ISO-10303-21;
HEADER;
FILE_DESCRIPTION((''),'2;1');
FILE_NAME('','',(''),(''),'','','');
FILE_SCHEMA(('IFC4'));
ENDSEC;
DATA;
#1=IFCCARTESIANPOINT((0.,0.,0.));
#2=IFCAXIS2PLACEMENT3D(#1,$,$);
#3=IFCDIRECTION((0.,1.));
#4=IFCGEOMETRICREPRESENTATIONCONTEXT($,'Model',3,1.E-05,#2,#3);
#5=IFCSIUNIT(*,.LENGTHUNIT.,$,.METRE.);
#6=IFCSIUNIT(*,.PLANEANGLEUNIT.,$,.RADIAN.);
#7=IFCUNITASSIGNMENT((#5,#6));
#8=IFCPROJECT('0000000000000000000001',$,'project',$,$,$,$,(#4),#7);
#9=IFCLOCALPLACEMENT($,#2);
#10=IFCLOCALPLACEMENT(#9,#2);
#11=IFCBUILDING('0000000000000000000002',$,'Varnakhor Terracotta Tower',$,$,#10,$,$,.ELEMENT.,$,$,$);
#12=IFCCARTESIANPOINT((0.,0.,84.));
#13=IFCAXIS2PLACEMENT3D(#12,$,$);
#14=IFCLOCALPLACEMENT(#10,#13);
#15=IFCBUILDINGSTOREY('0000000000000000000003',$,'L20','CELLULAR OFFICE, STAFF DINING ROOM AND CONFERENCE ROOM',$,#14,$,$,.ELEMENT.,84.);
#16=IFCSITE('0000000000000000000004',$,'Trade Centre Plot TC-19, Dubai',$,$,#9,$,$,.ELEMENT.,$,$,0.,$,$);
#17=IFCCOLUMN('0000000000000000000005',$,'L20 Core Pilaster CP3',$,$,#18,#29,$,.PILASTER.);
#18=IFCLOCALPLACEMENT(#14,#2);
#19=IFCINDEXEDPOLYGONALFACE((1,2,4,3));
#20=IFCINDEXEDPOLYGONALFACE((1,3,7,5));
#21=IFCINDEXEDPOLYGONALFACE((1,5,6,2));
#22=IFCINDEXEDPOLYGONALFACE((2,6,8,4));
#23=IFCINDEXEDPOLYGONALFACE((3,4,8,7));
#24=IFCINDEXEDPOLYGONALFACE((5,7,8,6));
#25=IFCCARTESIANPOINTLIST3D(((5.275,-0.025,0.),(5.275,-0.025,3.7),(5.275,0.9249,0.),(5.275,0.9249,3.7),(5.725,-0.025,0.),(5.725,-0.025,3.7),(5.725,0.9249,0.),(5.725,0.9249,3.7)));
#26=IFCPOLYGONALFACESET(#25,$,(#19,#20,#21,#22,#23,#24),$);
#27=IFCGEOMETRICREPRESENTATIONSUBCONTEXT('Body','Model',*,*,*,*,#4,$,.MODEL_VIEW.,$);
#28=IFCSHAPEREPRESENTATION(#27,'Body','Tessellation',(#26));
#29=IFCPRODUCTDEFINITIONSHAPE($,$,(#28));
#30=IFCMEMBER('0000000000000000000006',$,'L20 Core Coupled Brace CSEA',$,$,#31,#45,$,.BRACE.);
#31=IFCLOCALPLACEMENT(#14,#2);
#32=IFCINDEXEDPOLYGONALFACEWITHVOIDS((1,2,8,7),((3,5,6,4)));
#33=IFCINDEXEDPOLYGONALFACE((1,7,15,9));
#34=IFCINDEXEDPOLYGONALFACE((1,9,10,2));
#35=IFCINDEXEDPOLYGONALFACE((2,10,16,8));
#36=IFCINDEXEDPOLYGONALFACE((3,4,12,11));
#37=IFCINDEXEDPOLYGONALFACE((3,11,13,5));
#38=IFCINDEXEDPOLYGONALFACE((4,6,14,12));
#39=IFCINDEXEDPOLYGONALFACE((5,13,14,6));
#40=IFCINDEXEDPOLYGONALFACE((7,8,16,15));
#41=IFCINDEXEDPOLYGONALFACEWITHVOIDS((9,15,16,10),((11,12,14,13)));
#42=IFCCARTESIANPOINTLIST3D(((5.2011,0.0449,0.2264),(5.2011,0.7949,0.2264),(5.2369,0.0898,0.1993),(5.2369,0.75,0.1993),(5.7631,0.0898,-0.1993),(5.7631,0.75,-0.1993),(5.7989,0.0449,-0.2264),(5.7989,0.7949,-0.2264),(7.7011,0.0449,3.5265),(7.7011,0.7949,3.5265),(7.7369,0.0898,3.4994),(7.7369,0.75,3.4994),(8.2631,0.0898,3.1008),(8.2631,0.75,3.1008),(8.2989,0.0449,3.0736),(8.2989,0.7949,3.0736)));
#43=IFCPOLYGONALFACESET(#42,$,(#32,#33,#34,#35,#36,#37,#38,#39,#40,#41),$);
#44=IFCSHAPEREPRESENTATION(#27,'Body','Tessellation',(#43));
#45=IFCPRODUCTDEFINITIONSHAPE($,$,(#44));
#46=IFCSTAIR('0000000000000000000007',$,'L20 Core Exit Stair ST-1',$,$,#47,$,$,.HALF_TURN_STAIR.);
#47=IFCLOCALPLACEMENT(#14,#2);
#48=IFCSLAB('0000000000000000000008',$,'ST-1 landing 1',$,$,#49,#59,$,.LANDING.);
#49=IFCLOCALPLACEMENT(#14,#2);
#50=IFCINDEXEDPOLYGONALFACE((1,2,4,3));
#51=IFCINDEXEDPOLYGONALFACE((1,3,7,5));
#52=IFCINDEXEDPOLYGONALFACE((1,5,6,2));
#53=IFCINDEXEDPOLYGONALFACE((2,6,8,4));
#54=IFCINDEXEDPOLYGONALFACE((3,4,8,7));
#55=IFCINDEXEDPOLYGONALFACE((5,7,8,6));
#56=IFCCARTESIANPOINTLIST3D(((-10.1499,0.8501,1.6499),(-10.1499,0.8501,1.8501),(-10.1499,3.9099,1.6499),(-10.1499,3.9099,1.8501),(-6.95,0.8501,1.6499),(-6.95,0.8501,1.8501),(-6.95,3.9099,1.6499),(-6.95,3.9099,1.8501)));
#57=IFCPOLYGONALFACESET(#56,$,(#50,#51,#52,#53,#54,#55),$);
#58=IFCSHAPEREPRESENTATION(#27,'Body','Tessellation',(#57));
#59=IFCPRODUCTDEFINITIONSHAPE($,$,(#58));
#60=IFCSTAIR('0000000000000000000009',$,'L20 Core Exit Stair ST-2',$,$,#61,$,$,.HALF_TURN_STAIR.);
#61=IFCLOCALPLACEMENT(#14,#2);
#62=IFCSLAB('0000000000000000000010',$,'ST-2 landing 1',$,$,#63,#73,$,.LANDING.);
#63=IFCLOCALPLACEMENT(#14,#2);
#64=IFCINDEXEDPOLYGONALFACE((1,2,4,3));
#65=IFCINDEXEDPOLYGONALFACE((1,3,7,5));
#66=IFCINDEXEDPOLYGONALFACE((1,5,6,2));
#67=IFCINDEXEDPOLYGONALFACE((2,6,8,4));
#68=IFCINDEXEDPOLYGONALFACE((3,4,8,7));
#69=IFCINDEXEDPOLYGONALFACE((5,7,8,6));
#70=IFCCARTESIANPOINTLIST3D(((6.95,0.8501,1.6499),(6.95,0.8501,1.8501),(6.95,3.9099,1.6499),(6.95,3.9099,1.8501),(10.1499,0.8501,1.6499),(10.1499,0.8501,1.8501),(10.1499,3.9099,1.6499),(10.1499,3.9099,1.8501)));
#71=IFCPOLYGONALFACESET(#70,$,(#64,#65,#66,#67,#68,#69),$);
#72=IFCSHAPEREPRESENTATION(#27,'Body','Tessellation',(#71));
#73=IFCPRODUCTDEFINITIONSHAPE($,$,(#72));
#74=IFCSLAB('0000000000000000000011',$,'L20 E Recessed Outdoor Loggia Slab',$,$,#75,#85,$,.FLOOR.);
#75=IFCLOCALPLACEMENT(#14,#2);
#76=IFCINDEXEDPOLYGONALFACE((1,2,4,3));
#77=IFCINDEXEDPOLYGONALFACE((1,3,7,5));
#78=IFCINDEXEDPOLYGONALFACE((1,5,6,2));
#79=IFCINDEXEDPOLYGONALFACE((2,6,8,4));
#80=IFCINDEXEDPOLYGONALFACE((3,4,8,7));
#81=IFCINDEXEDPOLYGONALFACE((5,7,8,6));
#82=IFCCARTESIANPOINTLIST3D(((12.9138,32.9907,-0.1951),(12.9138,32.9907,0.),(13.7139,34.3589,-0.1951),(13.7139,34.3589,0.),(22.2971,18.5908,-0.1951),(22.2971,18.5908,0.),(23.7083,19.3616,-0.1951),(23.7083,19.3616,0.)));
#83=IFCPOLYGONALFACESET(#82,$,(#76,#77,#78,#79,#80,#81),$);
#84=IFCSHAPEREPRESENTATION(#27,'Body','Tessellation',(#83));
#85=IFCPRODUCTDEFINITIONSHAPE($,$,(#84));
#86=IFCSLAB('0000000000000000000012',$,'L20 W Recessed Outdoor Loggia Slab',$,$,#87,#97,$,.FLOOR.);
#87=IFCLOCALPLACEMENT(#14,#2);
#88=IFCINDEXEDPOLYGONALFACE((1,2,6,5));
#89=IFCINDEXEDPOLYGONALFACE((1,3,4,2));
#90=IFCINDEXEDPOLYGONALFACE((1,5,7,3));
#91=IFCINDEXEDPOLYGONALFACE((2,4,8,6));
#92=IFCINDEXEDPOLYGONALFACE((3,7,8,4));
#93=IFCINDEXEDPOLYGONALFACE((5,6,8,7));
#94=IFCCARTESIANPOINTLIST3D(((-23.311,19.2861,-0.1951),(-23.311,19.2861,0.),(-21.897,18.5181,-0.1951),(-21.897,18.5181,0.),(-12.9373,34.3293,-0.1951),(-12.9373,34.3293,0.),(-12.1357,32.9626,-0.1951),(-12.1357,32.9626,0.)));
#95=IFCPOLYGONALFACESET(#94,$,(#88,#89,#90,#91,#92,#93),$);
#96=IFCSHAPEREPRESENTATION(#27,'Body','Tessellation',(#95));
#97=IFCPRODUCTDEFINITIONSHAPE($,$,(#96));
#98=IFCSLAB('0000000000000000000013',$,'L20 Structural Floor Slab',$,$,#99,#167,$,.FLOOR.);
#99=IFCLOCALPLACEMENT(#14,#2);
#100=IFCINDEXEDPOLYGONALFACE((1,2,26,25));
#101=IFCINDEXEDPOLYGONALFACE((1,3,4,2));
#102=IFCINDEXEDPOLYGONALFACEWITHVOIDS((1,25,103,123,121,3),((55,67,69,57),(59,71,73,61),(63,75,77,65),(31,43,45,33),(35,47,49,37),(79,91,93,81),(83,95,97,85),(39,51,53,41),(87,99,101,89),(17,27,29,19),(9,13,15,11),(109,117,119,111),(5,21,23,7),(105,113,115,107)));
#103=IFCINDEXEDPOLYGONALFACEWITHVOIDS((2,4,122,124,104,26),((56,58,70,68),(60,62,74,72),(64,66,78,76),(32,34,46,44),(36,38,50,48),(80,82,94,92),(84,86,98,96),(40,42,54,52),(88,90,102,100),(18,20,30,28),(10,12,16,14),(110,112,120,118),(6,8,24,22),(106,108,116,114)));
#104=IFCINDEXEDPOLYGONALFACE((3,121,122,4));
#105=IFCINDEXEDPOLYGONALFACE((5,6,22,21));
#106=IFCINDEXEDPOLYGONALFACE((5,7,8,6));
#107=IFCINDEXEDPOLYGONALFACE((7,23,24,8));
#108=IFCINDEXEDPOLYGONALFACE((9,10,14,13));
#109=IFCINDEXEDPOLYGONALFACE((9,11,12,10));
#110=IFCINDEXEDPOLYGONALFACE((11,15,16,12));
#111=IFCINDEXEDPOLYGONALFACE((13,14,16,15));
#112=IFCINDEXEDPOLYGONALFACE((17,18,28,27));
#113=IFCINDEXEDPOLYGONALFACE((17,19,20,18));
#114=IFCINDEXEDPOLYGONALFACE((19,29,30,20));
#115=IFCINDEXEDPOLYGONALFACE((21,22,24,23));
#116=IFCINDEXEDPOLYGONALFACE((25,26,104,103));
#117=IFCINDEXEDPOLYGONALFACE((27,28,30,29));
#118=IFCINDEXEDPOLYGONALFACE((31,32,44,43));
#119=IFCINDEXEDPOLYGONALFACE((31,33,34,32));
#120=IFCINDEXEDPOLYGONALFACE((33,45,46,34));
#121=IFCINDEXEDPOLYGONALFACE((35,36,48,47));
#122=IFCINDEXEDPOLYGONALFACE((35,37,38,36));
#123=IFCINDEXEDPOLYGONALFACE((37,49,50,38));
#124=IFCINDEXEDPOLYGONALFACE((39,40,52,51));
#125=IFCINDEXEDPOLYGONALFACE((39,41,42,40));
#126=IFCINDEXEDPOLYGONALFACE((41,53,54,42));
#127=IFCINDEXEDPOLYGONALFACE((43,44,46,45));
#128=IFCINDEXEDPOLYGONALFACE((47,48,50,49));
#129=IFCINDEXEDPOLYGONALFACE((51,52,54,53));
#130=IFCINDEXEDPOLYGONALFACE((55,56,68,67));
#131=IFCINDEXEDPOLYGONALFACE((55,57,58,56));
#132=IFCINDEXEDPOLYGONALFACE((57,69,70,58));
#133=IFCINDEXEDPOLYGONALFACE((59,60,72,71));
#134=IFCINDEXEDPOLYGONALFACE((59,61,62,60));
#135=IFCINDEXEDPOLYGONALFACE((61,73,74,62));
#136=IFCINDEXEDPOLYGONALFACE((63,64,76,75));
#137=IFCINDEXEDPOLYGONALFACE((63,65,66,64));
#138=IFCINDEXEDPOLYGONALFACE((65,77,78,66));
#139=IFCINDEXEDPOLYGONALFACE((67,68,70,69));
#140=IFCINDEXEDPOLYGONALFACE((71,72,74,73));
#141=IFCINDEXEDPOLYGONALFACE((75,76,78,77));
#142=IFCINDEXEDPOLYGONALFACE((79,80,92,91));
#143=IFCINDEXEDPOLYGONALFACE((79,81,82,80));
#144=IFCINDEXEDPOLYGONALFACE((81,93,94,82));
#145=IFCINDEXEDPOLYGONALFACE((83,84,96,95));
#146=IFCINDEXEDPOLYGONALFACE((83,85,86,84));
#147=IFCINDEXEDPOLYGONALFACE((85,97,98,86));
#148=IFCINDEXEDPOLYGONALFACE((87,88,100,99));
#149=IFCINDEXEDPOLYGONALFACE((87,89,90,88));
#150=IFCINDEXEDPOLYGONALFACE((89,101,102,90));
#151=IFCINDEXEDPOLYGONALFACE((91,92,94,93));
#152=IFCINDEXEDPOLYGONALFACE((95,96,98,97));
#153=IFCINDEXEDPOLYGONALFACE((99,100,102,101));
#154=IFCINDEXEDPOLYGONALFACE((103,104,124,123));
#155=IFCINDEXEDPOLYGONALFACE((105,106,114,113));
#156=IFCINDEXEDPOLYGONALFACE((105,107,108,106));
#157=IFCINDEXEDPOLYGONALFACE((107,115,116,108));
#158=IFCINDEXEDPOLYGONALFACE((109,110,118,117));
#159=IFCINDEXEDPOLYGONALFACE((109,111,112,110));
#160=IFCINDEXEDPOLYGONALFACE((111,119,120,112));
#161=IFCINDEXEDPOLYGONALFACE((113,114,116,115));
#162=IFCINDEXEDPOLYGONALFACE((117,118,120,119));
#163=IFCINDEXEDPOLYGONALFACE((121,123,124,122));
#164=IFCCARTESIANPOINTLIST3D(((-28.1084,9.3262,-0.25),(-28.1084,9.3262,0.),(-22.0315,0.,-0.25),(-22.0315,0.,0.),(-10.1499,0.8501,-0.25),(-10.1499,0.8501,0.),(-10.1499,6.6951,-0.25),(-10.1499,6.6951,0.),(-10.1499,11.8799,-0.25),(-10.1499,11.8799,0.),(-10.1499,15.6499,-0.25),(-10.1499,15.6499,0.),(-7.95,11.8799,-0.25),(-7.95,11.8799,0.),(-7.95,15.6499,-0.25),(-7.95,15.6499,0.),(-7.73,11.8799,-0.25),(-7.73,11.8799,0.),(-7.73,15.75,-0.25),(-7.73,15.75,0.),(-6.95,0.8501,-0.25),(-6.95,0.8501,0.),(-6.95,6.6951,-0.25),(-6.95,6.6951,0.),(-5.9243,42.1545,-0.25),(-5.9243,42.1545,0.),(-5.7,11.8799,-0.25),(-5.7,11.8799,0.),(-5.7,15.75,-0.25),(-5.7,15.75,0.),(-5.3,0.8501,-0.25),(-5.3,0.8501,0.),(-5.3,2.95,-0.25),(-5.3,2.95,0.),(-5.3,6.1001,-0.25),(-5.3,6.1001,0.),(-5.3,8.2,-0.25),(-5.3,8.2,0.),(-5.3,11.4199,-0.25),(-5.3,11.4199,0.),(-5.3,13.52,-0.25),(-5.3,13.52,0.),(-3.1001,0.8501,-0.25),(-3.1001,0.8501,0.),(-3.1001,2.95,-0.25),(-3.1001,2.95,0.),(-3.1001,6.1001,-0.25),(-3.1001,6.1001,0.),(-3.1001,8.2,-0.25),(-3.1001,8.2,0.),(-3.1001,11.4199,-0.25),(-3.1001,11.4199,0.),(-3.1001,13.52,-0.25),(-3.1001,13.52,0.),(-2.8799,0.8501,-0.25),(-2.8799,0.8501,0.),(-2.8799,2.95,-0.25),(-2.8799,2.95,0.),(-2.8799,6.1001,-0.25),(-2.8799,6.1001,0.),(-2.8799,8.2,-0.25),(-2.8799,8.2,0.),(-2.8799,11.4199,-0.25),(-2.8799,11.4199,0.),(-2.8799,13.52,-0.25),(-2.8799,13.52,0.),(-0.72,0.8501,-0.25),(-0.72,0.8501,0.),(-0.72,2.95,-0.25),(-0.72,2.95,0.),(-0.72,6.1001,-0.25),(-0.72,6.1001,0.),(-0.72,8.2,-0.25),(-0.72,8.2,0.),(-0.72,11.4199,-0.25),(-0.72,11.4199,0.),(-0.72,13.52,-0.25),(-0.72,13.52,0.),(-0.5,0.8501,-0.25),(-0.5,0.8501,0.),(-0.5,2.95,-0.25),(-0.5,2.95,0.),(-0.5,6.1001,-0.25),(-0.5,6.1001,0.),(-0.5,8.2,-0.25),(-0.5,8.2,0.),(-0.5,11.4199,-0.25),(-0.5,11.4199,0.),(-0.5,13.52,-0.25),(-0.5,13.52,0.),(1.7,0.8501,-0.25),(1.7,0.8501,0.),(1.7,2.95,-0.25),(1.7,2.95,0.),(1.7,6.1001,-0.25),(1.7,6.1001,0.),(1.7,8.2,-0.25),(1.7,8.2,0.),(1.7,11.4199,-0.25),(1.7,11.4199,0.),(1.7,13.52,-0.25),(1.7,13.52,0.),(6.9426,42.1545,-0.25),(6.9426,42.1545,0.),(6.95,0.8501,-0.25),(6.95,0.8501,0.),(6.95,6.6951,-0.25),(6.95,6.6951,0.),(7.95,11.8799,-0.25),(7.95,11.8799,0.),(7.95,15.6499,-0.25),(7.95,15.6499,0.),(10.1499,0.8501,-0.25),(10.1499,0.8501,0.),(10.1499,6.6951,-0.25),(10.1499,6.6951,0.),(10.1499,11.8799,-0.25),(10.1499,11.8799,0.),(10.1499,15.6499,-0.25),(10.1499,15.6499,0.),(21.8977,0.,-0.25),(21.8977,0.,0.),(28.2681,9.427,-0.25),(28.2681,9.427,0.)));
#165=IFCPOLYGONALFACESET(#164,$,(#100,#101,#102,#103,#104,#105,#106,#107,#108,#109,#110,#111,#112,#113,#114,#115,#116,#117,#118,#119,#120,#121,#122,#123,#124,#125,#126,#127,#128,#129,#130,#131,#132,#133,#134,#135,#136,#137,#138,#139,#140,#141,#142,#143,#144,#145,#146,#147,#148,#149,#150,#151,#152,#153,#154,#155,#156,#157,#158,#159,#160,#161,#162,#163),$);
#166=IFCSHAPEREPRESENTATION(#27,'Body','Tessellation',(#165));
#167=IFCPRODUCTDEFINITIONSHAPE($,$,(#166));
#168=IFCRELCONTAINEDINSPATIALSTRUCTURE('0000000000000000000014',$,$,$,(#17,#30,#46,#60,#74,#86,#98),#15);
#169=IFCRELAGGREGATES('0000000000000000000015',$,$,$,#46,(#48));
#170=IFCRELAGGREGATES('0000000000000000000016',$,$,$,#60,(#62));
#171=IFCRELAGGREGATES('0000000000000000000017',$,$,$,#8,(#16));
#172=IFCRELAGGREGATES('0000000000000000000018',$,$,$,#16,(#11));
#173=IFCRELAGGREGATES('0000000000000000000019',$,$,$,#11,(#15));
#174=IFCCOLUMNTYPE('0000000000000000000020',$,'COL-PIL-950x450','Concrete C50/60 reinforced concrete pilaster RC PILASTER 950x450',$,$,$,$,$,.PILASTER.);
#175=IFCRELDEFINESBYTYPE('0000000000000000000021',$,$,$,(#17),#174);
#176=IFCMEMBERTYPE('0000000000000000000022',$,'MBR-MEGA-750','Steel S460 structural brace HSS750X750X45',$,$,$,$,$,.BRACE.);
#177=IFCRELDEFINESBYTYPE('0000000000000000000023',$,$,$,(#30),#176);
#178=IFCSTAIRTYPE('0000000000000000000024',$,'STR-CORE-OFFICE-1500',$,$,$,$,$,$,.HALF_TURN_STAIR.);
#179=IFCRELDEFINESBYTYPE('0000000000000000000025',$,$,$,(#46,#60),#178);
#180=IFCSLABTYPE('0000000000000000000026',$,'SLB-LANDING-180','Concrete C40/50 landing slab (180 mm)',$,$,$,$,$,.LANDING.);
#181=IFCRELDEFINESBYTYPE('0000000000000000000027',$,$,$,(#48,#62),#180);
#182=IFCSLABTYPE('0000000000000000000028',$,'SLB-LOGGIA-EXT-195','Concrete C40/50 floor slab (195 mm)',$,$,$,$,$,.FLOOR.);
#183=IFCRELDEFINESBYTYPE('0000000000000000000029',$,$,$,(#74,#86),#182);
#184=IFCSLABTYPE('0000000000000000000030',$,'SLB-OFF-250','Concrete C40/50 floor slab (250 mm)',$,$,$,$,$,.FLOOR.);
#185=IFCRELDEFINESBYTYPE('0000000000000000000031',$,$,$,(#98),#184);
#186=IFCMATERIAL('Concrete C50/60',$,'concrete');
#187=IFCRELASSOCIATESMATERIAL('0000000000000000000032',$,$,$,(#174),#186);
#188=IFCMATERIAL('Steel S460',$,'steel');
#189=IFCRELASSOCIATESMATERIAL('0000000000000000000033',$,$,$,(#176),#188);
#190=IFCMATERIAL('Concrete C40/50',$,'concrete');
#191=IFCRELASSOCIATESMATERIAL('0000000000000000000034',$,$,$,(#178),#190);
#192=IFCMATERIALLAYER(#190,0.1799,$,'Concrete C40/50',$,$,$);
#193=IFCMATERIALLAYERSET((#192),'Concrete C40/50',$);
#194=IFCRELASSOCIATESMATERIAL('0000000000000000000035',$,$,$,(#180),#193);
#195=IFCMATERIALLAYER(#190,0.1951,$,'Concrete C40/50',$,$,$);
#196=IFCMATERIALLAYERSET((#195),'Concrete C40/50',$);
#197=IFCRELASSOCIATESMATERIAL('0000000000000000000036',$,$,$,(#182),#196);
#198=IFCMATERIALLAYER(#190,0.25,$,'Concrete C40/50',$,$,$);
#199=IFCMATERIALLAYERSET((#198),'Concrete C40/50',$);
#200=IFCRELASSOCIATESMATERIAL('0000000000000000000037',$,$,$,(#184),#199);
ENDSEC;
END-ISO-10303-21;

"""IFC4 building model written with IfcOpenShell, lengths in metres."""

from ifc_helpers import new_model, si_unit, direction, frame, origin, origin_2d, place, context, subcontext, project, spatial, polyline, rectangle, hollow_rectangle, outline, extrude, source, transform, mapped, material, layer, layer_set, material_profile, profile_set, type_object, type_shapes, element, aggregate, save


model = new_model("IFC4")

# Units and contexts
model_context = context("Model", 3, precision=1e-05, world=origin(), true_north=direction((0.0, 1.0)))
body_context = subcontext(model_context, "Body", "Model", "MODEL_VIEW")
ifc_project = project(units=[si_unit("LENGTHUNIT", "METRE"), si_unit("PLANEANGLEUNIT", "RADIAN")], contexts=[model_context])

# Site, building, storey
site_placement = place(None, origin())
site = spatial("IfcSite", under=ifc_project, at=site_placement, Name="Trade Centre Plot TC-19, Dubai", CompositionType="ELEMENT", RefElevation=0.0)
building_placement = place(site_placement, origin())
building = spatial("IfcBuilding", under=site, at=building_placement, Name="Varnakhor Terracotta Tower", CompositionType="ELEMENT")
storey_placement = place(building_placement, frame((0.0, 0.0, 84.0)))
storey = spatial("IfcBuildingStorey", under=building, at=storey_placement, Name="L20", Description="CELLULAR OFFICE, STAFF DINING ROOM AND CONFERENCE ROOM", CompositionType="ELEMENT", Elevation=84.0)

# Column
ifc_material_1 = material(Name="Concrete C50/60", Category="concrete")
ifc_material_profile_1 = material_profile(ifc_material_1, rectangle(XDim=0.45, YDim=0.95, at=origin_2d()), Name="RC PILASTER 950x450")
ifc_profile_set_1 = profile_set([ifc_material_profile_1], Name="Concrete C50/60")
column_type = type_object("IfcColumnType", Name="COL-PIL-950x450", Description="Concrete C50/60 reinforced concrete pilaster RC PILASTER 950x450", PredefinedType="PILASTER", material=ifc_profile_set_1)
shared_shape_1 = source(origin(), body_context, "Body", "SweptSolid", [
    extrude(rectangle(XDim=0.45, YDim=0.95, at=origin_2d()), origin(), (0.0, 0.0, 1.0), 3.7),
])
column_placement = place(storey_placement, frame((5.5, 0.45, 0.0), z_axis=(0.0, 0.0, 1.0), x_axis=(1.0, 0.0, 0.0)))
element("IfcColumn", 1, at=column_placement, inside=storey, type_object=column_type, Name="L20 Core Pilaster CP3", PredefinedType="PILASTER", context=body_context, shape_type="MappedRepresentation", body=[
    mapped(shared_shape_1, transform((0.0, 0.0, 0.0), scale=1.0)),
])

# Member
ifc_material_2 = material(Name="Steel S460", Category="steel")
ifc_material_profile_2 = material_profile(ifc_material_2, hollow_rectangle(XDim=0.75, YDim=0.75, WallThickness=0.0449, at=origin_2d()), Name="HSS750X750X45")
ifc_profile_set_2 = profile_set([ifc_material_profile_2], Name="Steel S460")
member_type = type_object("IfcMemberType", Name="MBR-MEGA-750", Description="Steel S460 structural brace HSS750X750X45", PredefinedType="BRACE", material=ifc_profile_set_2)
shared_shape_2 = source(origin(), body_context, "Body", "SweptSolid", [
    extrude(hollow_rectangle(XDim=0.75, YDim=0.75, WallThickness=0.0449, at=origin_2d()), origin(), (0.0, 0.0, 1.0), 4.1401),
])
type_shapes(member_type, [shared_shape_2])
member_placement = place(storey_placement, frame((5.5, 0.4199, 0.0), z_axis=(0.603852, 0.0, 0.797096), x_axis=(0.0, 1.0, 0.0)))
element("IfcMember", 2, at=member_placement, inside=storey, type_object=member_type, Name="L20 Core Coupled Brace CSEA", PredefinedType="BRACE", context=body_context, shape_type="MappedRepresentation", body=[
    mapped(shared_shape_2, transform((0.0, 0.0, 0.0), scale=1.0)),
])

# Stairs, slabs
ifc_material_3 = material(Name="Concrete C40/50", Category="concrete")
stair_type = type_object("IfcStairType", Name="STR-CORE-OFFICE-1500", PredefinedType="HALF_TURN_STAIR", material=ifc_material_3)
stair_1_placement = place(storey_placement, origin())
stair_1 = element("IfcStair", 3, at=stair_1_placement, inside=storey, type_object=stair_type, Name="L20 Core Exit Stair ST-1", PredefinedType="HALF_TURN_STAIR")
ifc_layer_1 = layer(ifc_material_3, 0.1799, Name="Concrete C40/50")
ifc_layer_set_1 = layer_set([ifc_layer_1], Name="Concrete C40/50")
slab_type_1 = type_object("IfcSlabType", Name="SLB-LANDING-180", Description="Concrete C40/50 landing slab (180 mm)", PredefinedType="LANDING", material=ifc_layer_set_1)
slab_1_placement = place(storey_placement, frame((0.0, 0.0, 1.6499)))
slab_1 = element("IfcSlab", 4, at=slab_1_placement, type_object=slab_type_1, Name="ST-1 landing 1", PredefinedType="LANDING", context=body_context, shape_type="SweptSolid", body=[
    extrude(outline(polyline([(-10.1499, 3.9099), (-10.1499, 0.8501), (-6.95, 0.8501), (-6.95, 3.9099), (-10.1499, 3.9099)])), origin(), (0.0, 0.0, 1.0), 0.2002),
])
aggregate(stair_1, [slab_1])
stair_2_placement = place(storey_placement, origin())
stair_2 = element("IfcStair", 5, at=stair_2_placement, inside=storey, type_object=stair_type, Name="L20 Core Exit Stair ST-2", PredefinedType="HALF_TURN_STAIR")
slab_2_placement = place(storey_placement, frame((0.0, 0.0, 1.6499)))
slab_2 = element("IfcSlab", 6, at=slab_2_placement, type_object=slab_type_1, Name="ST-2 landing 1", PredefinedType="LANDING", context=body_context, shape_type="SweptSolid", body=[
    extrude(outline(polyline([(6.95, 3.9099), (6.95, 0.8501), (10.1499, 0.8501), (10.1499, 3.9099), (6.95, 3.9099)])), origin(), (0.0, 0.0, 1.0), 0.2002),
])
aggregate(stair_2, [slab_2])

# Slabs
ifc_layer_2 = layer(ifc_material_3, 0.1951, Name="Concrete C40/50")
ifc_layer_set_2 = layer_set([ifc_layer_2], Name="Concrete C40/50")
slab_type_2 = type_object("IfcSlabType", Name="SLB-LOGGIA-EXT-195", Description="Concrete C40/50 floor slab (195 mm)", PredefinedType="FLOOR", material=ifc_layer_set_2)
slab_3_placement = place(storey_placement, frame((0.0, 0.0, -0.1951)))
element("IfcSlab", 7, at=slab_3_placement, inside=storey, type_object=slab_type_2, Name="L20 E Recessed Outdoor Loggia Slab", PredefinedType="FLOOR", context=body_context, shape_type="SweptSolid", body=[
    extrude(outline(polyline([(13.7139, 34.3589), (23.7083, 19.3616), (22.2971, 18.5908), (12.9138, 32.9907), (13.7139, 34.3589)])), origin(), (0.0, 0.0, 1.0), 0.1951),
])
slab_4_placement = place(storey_placement, frame((0.0, 0.0, -0.1951)))
element("IfcSlab", 8, at=slab_4_placement, inside=storey, type_object=slab_type_2, Name="L20 W Recessed Outdoor Loggia Slab", PredefinedType="FLOOR", context=body_context, shape_type="SweptSolid", body=[
    extrude(outline(polyline([(-23.311, 19.2861), (-12.9373, 34.3293), (-12.1357, 32.9626), (-21.897, 18.5181), (-23.311, 19.2861)])), origin(), (0.0, 0.0, 1.0), 0.1951),
])
ifc_layer_3 = layer(ifc_material_3, 0.25, Name="Concrete C40/50")
ifc_layer_set_3 = layer_set([ifc_layer_3], Name="Concrete C40/50")
slab_type_3 = type_object("IfcSlabType", Name="SLB-OFF-250", Description="Concrete C40/50 floor slab (250 mm)", PredefinedType="FLOOR", material=ifc_layer_set_3)
slab_5_placement = place(storey_placement, frame((0.0, 0.0, -0.25)))
element("IfcSlab", 9, at=slab_5_placement, inside=storey, type_object=slab_type_3, Name="L20 Structural Floor Slab", PredefinedType="FLOOR", context=body_context, shape_type="SweptSolid", body=[
    extrude(outline(polyline([(-28.1084, 9.3262), (-5.9243, 42.1545), (6.9426, 42.1545), (28.2681, 9.427), (21.8977, 0.0), (-22.0315, 0.0), (-28.1084, 9.3262)]), holes=[polyline([(-3.1001, 0.8501), (-3.1001, 2.95), (-5.3, 2.95), (-5.3, 0.8501), (-3.1001, 0.8501)]), polyline([(-2.8799, 0.8501), (-0.72, 0.8501), (-0.72, 2.95), (-2.8799, 2.95), (-2.8799, 0.8501)]), polyline([(-10.1499, 0.8501), (-6.95, 0.8501), (-6.95, 6.6951), (-10.1499, 6.6951), (-10.1499, 0.8501)]), polyline([(-5.3, 6.1001), (-3.1001, 6.1001), (-3.1001, 8.2), (-5.3, 8.2), (-5.3, 6.1001)]), polyline([(-5.3, 11.4199), (-3.1001, 11.4199), (-3.1001, 13.52), (-5.3, 13.52), (-5.3, 11.4199)]), polyline([(-10.1499, 11.8799), (-7.95, 11.8799), (-7.95, 15.6499), (-10.1499, 15.6499), (-10.1499, 11.8799)]), polyline([(-7.73, 11.8799), (-5.7, 11.8799), (-5.7, 15.75), (-7.73, 15.75), (-7.73, 11.8799)]), polyline([(1.7, 0.8501), (1.7, 2.95), (-0.5, 2.95), (-0.5, 0.8501), (1.7, 0.8501)]), polyline([(6.95, 0.8501), (10.1499, 0.8501), (10.1499, 6.6951), (6.95, 6.6951), (6.95, 0.8501)]), polyline([(-2.8799, 6.1001), (-0.72, 6.1001), (-0.72, 8.2), (-2.8799, 8.2), (-2.8799, 6.1001)]), polyline([(-0.5, 6.1001), (1.7, 6.1001), (1.7, 8.2), (-0.5, 8.2), (-0.5, 6.1001)]), polyline([(-2.8799, 11.4199), (-0.72, 11.4199), (-0.72, 13.52), (-2.8799, 13.52), (-2.8799, 11.4199)]), polyline([(-0.5, 11.4199), (1.7, 11.4199), (1.7, 13.52), (-0.5, 13.52), (-0.5, 11.4199)]), polyline([(7.95, 11.8799), (10.1499, 11.8799), (10.1499, 15.6499), (7.95, 15.6499), (7.95, 11.8799)])]), origin(), (0.0, 0.0, 1.0), 0.25),
])

save(model, "model.ifc")
